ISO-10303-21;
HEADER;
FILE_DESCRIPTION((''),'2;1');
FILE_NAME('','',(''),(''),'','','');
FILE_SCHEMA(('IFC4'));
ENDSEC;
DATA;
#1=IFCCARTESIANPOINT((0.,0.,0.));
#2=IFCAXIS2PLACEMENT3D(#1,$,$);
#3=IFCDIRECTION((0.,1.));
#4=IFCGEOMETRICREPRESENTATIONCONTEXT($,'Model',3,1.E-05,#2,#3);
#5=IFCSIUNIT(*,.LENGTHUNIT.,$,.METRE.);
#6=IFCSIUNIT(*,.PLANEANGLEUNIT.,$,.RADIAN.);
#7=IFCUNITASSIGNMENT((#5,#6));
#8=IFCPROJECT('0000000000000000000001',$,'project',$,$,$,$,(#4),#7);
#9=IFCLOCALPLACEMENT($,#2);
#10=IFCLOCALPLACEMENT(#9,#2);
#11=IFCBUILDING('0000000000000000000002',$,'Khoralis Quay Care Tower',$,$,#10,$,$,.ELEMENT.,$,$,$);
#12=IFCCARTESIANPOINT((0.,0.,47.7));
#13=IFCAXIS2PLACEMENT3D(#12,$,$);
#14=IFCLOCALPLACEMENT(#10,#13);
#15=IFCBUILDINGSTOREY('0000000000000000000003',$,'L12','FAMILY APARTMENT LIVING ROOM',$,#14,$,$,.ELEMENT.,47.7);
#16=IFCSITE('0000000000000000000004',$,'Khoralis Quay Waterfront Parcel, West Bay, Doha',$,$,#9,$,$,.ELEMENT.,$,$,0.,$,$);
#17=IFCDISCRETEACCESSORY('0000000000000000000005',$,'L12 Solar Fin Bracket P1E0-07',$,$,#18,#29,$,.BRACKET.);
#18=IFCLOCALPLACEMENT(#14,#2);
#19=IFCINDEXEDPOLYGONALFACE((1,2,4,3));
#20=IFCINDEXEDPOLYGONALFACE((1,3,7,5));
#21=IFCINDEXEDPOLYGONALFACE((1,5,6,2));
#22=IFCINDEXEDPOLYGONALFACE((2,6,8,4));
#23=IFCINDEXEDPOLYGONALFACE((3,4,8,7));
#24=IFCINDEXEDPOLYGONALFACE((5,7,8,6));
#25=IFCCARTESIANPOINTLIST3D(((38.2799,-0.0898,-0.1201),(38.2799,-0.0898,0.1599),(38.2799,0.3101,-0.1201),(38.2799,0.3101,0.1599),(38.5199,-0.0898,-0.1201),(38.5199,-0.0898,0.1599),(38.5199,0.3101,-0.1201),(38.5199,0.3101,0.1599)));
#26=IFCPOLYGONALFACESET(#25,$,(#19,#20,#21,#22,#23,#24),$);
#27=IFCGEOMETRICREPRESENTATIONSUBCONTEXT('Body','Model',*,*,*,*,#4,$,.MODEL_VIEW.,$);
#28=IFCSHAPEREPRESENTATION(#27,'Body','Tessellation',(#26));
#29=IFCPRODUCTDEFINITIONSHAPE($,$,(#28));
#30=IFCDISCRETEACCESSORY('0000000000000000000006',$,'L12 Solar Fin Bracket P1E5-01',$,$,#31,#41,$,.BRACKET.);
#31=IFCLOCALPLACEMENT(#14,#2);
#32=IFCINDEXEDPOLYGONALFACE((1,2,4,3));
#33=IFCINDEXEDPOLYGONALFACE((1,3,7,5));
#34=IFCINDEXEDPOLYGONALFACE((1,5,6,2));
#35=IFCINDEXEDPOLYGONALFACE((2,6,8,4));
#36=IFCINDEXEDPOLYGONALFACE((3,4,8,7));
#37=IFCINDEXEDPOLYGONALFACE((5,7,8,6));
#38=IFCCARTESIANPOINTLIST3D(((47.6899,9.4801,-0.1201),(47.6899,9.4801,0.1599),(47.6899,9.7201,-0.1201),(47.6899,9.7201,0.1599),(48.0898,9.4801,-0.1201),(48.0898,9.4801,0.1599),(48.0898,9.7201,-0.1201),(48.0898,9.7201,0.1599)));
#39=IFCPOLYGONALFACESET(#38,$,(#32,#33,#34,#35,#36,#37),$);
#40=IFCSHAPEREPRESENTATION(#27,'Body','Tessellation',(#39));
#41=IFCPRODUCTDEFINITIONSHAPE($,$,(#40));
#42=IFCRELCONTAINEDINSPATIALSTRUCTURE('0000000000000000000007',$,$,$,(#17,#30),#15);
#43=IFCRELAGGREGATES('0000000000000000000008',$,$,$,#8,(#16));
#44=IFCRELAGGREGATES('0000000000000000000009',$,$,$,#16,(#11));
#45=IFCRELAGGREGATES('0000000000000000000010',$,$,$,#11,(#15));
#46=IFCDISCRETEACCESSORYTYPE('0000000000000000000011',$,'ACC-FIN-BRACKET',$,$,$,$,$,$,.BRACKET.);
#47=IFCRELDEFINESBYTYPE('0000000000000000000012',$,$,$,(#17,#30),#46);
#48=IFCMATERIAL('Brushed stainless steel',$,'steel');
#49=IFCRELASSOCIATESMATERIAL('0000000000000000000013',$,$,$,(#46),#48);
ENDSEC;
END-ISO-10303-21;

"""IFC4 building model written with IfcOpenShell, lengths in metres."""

from ifc_helpers import new_model, si_unit, direction, frame, origin, origin_2d, place, context, subcontext, project, spatial, rectangle, extrude, source, transform, mapped, material, type_object, element, save


model = new_model("IFC4")

# Units and contexts
model_context = context("Model", 3, precision=1e-05, world=origin(), true_north=direction((0.0, 1.0)))
body_context = subcontext(model_context, "Body", "Model", "MODEL_VIEW")
ifc_project = project(units=[si_unit("LENGTHUNIT", "METRE"), si_unit("PLANEANGLEUNIT", "RADIAN")], contexts=[model_context])

# Site, building, storey
site_placement = place(None, origin())
site = spatial("IfcSite", under=ifc_project, at=site_placement, Name="Khoralis Quay Waterfront Parcel, West Bay, Doha", CompositionType="ELEMENT", RefElevation=0.0)
building_placement = place(site_placement, origin())
building = spatial("IfcBuilding", under=site, at=building_placement, Name="Khoralis Quay Care Tower", CompositionType="ELEMENT")
storey_placement = place(building_placement, frame((0.0, 0.0, 47.7)))
storey = spatial("IfcBuildingStorey", under=building, at=storey_placement, Name="L12", Description="FAMILY APARTMENT LIVING ROOM", CompositionType="ELEMENT", Elevation=47.7)

# Discrete accessories
ifc_material_1 = material(Name="Brushed stainless steel", Category="steel")
discrete_accessory_type = type_object("IfcDiscreteAccessoryType", Name="ACC-FIN-BRACKET", PredefinedType="BRACKET", material=ifc_material_1)
shared_shape_1 = source(origin(), body_context, "Body", "SweptSolid", [
    extrude(rectangle(XDim=0.3999, YDim=0.24, at=origin_2d()), origin(), (0.0, 0.0, 1.0), 0.28),
])
for number, where, z_axis, x_axis, name in (
    (1, (38.3999, 0.1101, -0.1201), (0.0, 0.0, 1.0), (0.0, -1.0, 0.0), "L12 Solar Fin Bracket P1E0-07"),
    (2, (47.8899, 9.6001, -0.1201), (0.0, 0.0, 1.0), (1.0, 0.0, 0.0), "L12 Solar Fin Bracket P1E5-01"),
):
    element("IfcDiscreteAccessory", number, at=place(storey_placement, frame(where, z_axis=z_axis, x_axis=x_axis)), inside=storey, type_object=discrete_accessory_type, Name=name, PredefinedType="BRACKET", context=body_context, shape_type="MappedRepresentation", body=[
        mapped(shared_shape_1, transform((0.0, 0.0, 0.0), scale=1.0)),
    ])

save(model, "model.ifc")
